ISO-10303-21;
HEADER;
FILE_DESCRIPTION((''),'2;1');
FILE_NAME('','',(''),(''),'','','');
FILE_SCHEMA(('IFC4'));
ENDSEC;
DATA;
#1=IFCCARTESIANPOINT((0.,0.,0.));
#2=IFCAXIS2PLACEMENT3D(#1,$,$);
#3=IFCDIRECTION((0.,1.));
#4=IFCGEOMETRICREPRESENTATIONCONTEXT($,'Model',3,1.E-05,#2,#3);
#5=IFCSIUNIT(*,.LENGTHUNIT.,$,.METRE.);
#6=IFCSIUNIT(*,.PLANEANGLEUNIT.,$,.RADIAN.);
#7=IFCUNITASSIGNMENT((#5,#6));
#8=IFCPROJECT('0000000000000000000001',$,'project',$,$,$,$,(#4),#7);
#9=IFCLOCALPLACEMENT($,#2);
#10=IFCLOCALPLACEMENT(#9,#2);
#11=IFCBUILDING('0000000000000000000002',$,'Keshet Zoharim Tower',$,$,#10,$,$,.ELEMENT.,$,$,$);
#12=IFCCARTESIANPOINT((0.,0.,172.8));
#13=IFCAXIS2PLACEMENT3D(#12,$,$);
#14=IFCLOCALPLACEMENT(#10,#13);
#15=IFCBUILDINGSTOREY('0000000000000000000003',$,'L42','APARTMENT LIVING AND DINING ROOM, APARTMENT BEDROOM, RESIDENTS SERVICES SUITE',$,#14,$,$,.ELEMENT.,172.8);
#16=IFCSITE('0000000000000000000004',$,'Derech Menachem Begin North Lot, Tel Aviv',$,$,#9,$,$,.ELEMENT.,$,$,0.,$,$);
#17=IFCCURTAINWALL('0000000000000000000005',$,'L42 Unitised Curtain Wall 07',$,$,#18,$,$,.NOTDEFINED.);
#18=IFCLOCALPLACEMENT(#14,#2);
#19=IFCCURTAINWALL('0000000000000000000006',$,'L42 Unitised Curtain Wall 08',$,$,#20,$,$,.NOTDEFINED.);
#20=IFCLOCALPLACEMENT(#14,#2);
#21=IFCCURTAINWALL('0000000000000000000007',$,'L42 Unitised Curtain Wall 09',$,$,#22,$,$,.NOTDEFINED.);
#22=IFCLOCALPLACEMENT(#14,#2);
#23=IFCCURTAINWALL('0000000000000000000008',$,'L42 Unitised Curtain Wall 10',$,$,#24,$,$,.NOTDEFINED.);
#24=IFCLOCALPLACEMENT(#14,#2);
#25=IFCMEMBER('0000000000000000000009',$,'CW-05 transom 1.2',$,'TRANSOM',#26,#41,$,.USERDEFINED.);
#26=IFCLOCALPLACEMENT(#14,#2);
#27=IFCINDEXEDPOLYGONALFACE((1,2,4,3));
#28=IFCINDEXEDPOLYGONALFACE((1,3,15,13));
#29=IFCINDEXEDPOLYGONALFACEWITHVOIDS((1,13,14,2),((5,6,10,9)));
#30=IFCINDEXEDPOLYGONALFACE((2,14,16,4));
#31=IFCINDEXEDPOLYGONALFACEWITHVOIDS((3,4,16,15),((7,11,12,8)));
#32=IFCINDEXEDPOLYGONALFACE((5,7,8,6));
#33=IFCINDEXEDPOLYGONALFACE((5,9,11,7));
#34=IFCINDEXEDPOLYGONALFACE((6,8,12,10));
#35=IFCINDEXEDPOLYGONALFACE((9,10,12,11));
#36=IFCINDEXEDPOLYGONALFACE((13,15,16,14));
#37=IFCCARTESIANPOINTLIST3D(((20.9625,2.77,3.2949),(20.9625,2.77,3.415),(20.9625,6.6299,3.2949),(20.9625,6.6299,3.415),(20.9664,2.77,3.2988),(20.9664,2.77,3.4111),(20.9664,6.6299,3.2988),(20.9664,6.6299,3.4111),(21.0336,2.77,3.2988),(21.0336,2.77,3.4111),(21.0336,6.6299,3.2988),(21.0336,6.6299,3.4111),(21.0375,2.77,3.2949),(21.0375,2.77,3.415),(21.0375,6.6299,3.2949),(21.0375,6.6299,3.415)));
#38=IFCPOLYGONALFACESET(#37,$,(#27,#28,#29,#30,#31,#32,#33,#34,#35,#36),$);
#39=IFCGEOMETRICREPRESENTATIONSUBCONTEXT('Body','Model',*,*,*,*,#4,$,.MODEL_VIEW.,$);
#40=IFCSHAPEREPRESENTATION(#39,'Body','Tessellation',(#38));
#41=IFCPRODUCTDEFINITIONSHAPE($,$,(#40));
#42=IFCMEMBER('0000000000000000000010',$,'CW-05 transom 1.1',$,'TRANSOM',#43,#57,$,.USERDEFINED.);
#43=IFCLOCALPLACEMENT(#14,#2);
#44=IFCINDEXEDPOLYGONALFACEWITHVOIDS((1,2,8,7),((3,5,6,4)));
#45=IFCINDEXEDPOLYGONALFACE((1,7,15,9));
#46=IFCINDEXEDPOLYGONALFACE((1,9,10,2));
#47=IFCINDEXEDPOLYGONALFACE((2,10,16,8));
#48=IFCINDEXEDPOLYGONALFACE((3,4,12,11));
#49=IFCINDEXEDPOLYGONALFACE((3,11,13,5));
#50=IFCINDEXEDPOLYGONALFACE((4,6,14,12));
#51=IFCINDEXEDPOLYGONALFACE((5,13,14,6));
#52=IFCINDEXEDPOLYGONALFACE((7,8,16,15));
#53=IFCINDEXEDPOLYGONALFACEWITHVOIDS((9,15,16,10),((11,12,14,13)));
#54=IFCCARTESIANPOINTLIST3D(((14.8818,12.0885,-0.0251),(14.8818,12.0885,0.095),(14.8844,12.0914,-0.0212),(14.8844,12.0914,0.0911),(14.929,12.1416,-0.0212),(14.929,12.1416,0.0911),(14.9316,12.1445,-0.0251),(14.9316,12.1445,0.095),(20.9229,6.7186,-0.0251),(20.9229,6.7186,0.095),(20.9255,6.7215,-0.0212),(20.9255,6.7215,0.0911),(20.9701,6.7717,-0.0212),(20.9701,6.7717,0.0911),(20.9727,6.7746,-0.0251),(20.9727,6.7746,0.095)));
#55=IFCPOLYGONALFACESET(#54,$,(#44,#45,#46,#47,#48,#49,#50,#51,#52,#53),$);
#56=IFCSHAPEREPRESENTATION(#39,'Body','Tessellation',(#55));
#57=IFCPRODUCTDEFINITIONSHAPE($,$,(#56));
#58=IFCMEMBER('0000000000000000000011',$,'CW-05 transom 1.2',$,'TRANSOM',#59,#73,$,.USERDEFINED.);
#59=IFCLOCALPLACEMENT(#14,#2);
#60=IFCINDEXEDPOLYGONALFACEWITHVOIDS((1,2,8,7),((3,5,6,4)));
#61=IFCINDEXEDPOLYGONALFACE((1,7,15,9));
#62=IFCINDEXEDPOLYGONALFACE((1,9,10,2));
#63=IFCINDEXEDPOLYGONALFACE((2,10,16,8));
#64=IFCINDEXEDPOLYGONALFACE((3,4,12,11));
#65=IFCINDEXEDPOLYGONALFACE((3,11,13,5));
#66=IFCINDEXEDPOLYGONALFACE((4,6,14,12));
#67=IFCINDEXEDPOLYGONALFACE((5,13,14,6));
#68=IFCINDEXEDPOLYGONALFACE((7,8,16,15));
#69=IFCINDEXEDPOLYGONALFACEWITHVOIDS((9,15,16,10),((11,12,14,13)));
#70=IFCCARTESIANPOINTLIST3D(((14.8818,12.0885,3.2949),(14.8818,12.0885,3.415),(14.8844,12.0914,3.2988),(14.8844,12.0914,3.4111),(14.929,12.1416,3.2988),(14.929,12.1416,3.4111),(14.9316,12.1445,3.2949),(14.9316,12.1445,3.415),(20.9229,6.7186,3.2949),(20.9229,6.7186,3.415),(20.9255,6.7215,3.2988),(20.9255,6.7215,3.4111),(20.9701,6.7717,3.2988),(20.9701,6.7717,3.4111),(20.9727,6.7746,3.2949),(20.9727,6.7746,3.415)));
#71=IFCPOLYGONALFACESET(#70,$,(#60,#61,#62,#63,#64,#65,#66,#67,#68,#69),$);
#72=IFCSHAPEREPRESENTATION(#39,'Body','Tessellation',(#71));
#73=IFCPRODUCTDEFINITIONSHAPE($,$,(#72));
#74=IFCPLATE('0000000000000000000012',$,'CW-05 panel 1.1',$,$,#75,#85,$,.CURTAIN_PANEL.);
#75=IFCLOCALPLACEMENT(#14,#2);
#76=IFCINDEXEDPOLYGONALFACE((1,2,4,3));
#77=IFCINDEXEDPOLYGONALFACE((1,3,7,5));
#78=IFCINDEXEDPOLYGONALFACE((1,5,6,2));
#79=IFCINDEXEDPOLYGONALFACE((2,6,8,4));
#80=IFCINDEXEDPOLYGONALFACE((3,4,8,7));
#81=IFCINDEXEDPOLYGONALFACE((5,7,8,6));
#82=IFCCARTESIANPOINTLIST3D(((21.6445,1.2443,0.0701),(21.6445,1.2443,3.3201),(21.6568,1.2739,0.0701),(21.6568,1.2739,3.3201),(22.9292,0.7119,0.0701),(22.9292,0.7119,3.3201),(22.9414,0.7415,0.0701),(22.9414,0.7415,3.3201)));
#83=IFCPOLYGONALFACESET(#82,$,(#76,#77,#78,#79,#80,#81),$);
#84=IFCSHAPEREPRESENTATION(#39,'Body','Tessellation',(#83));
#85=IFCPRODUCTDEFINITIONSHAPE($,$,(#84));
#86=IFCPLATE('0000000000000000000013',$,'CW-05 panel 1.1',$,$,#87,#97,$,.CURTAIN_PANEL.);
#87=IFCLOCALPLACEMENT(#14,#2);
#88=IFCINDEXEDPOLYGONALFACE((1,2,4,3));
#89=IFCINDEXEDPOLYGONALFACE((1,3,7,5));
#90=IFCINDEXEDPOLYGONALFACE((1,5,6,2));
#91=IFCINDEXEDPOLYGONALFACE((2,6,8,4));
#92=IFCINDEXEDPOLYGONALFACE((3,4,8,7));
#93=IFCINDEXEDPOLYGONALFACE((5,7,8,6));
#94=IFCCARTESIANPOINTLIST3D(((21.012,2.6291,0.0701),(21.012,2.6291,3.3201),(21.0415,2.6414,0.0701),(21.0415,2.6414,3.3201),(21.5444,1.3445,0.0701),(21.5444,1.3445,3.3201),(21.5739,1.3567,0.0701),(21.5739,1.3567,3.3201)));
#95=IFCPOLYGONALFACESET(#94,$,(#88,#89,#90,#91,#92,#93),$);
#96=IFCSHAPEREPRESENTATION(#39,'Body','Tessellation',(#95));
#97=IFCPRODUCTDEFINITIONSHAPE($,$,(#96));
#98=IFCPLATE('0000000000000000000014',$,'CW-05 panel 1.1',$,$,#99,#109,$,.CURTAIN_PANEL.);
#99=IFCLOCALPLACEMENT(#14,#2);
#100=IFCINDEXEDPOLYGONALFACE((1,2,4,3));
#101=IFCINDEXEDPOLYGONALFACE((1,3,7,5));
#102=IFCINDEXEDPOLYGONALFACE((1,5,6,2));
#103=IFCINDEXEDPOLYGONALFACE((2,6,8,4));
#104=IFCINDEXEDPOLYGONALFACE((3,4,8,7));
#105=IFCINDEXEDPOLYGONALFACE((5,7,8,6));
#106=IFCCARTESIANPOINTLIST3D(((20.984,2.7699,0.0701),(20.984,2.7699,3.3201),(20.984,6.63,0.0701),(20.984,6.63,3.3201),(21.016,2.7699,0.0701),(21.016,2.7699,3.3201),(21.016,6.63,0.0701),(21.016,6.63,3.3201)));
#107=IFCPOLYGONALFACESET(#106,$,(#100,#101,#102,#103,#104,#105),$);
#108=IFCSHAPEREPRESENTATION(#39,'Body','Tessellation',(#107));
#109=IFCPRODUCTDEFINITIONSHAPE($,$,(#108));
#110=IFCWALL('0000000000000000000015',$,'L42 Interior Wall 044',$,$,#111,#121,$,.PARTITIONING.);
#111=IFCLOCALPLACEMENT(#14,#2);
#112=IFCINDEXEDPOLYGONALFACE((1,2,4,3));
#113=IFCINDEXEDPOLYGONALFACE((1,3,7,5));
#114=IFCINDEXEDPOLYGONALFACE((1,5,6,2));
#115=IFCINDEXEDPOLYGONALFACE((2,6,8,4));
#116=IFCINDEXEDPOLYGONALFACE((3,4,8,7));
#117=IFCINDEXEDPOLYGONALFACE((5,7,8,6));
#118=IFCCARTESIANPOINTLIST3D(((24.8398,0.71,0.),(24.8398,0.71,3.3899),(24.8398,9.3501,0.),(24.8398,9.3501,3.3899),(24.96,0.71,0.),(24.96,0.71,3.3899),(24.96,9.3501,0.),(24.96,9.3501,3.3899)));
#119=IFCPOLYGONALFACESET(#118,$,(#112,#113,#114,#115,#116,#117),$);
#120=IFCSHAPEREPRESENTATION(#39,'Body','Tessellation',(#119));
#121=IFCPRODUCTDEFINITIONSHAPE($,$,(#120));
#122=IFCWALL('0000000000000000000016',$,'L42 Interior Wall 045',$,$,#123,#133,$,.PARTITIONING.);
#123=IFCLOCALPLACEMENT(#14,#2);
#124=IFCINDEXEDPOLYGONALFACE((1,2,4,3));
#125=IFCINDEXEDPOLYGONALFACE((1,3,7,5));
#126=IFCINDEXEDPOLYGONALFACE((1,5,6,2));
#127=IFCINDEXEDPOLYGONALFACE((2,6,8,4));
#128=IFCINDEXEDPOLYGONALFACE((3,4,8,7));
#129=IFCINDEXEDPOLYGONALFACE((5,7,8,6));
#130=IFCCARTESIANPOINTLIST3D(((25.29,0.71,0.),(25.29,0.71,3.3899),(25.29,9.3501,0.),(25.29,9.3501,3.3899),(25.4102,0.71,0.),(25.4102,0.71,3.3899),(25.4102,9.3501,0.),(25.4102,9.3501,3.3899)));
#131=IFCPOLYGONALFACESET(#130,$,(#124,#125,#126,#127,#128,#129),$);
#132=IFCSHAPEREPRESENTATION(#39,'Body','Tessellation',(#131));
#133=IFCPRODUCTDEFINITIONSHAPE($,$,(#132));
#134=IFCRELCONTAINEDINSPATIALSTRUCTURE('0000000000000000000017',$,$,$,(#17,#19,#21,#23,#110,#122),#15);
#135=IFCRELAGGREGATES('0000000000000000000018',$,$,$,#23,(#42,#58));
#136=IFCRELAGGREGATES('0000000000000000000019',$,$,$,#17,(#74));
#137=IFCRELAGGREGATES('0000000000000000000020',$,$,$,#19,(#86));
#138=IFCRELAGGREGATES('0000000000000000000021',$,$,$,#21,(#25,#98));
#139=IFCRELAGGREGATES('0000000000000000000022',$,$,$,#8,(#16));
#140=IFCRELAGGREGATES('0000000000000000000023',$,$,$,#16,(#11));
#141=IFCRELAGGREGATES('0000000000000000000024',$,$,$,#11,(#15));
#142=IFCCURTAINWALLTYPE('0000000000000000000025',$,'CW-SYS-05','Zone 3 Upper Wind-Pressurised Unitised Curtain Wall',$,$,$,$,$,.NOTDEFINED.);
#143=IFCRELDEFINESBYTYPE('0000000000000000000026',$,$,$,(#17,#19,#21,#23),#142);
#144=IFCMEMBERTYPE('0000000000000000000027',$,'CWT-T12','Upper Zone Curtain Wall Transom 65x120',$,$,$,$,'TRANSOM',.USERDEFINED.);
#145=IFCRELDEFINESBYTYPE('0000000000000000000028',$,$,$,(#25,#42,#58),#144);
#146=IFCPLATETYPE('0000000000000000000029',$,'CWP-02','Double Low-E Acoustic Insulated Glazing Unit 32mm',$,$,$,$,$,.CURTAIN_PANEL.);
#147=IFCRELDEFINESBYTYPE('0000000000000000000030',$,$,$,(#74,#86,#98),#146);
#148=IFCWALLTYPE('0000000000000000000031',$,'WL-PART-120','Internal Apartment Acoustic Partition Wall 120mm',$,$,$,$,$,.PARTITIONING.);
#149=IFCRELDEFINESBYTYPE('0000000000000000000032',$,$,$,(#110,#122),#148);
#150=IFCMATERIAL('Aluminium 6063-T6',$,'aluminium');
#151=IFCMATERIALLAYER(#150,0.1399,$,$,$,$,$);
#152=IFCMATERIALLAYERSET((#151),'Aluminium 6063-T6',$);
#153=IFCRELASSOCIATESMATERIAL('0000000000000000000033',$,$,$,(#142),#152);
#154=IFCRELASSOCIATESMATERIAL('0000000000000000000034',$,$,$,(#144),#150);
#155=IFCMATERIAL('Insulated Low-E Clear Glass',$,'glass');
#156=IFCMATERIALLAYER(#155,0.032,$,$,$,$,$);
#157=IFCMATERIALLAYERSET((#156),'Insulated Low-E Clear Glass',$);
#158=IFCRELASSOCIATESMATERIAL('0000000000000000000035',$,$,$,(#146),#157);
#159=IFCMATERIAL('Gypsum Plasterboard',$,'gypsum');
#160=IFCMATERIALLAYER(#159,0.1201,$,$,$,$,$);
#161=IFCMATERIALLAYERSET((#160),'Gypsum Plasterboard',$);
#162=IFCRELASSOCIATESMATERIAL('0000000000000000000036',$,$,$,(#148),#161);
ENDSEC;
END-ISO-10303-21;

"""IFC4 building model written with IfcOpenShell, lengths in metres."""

from ifc_helpers import new_model, si_unit, direction, frame, frame_2d, origin, origin_2d, place, context, subcontext, project, spatial, rectangle, hollow_rectangle, extrude, material, layer, layer_set, material_profile, profile_set, type_object, element, aggregate, save


model = new_model("IFC4")

# Units and contexts
model_context = context("Model", 3, precision=1e-05, world=origin(), true_north=direction((0.0, 1.0)))
body_context = subcontext(model_context, "Body", "Model", "MODEL_VIEW")
ifc_project = project(units=[si_unit("LENGTHUNIT", "METRE"), si_unit("PLANEANGLEUNIT", "RADIAN")], contexts=[model_context])

# Site, building, storey
site_placement = place(None, origin())
site = spatial("IfcSite", under=ifc_project, at=site_placement, Name="Derech Menachem Begin North Lot, Tel Aviv", CompositionType="ELEMENT", RefElevation=0.0)
building_placement = place(site_placement, origin())
building = spatial("IfcBuilding", under=site, at=building_placement, Name="Keshet Zoharim Tower", CompositionType="ELEMENT")
storey_placement = place(building_placement, frame((0.0, 0.0, 172.8)))
storey = spatial("IfcBuildingStorey", under=building, at=storey_placement, Name="L42", Description="APARTMENT LIVING AND DINING ROOM, APARTMENT BEDROOM, RESIDENTS SERVICES SUITE", CompositionType="ELEMENT", Elevation=172.8)

# Shared definitions
ifc_material_1 = material(Name="Aluminium 6063-T6", Category="aluminium")
ifc_layer_1 = layer(ifc_material_1, 0.1399)
ifc_layer_set_1 = layer_set([ifc_layer_1], Name="Aluminium 6063-T6")
curtain_wall_type = type_object("IfcCurtainWallType", Name="CW-SYS-05", Description="Zone 3 Upper Wind-Pressurised Unitised Curtain Wall", PredefinedType="NOTDEFINED", material=ifc_layer_set_1)

# Curtain walls
curtain_wall_1_placement = place(storey_placement, origin())
curtain_wall_1 = element("IfcCurtainWall", 1, at=curtain_wall_1_placement, inside=storey, type_object=curtain_wall_type, Name="L42 Unitised Curtain Wall 07", PredefinedType="NOTDEFINED")
curtain_wall_2_placement = place(storey_placement, origin())
curtain_wall_2 = element("IfcCurtainWall", 2, at=curtain_wall_2_placement, inside=storey, type_object=curtain_wall_type, Name="L42 Unitised Curtain Wall 08", PredefinedType="NOTDEFINED")
curtain_wall_3_placement = place(storey_placement, origin())
curtain_wall_3 = element("IfcCurtainWall", 3, at=curtain_wall_3_placement, inside=storey, type_object=curtain_wall_type, Name="L42 Unitised Curtain Wall 09", PredefinedType="NOTDEFINED")

# Curtain wall
curtain_wall_4_placement = place(storey_placement, origin())
curtain_wall_4 = element("IfcCurtainWall", 4, at=curtain_wall_4_placement, inside=storey, type_object=curtain_wall_type, Name="L42 Unitised Curtain Wall 10", PredefinedType="NOTDEFINED")

# Members
ifc_material_profile_1 = material_profile(ifc_material_1, hollow_rectangle(XDim=0.075, YDim=0.1201, WallThickness=0.0039, at=origin_2d()), Name="TRN-75x120")
ifc_profile_set_1 = profile_set([ifc_material_profile_1], Name="Aluminium 6063-T6")
member_type_1 = type_object("IfcMemberType", Name="CWT-T12", Description="Upper Zone Curtain Wall Transom 65x120", ElementType="TRANSOM", PredefinedType="USERDEFINED", material=ifc_profile_set_1)
member_1_placement = place(storey_placement, frame((21.0, 2.77, 3.355), z_axis=(0.0, 1.0, 0.0), x_axis=(-1.0, 0.0, 0.0)))
member_1 = element("IfcMember", 5, at=member_1_placement, type_object=member_type_1, Name="CW-05 transom 1.2", ObjectType="TRANSOM", PredefinedType="USERDEFINED", context=body_context, shape_type="SweptSolid", body=[
    extrude(hollow_rectangle(XDim=0.075, YDim=0.1201, WallThickness=0.0039, at=origin_2d()), origin(), (0.0, 0.0, 1.0), 3.8599),
])
member_2_placement = place(storey_placement, frame((20.9478, 6.7466, 0.0349), z_axis=(-0.747404, 0.664369, 0.0), x_axis=(-0.664369, -0.747404, 0.0)))
member_2 = element("IfcMember", 6, at=member_2_placement, type_object=member_type_1, Name="CW-05 transom 1.1", ObjectType="TRANSOM", PredefinedType="USERDEFINED", context=body_context, shape_type="SweptSolid", body=[
    extrude(hollow_rectangle(XDim=0.075, YDim=0.1201, WallThickness=0.0039, at=origin_2d()), origin(), (0.0, 0.0, 1.0), 8.0828),
])
member_3_placement = place(storey_placement, frame((20.9478, 6.7466, 3.355), z_axis=(-0.747404, 0.664369, 0.0), x_axis=(-0.664369, -0.747404, 0.0)))
member_3 = element("IfcMember", 7, at=member_3_placement, type_object=member_type_1, Name="CW-05 transom 1.2", ObjectType="TRANSOM", PredefinedType="USERDEFINED", context=body_context, shape_type="SweptSolid", body=[
    extrude(hollow_rectangle(XDim=0.075, YDim=0.1201, WallThickness=0.0039, at=origin_2d()), origin(), (0.0, 0.0, 1.0), 8.0828),
])
aggregate(curtain_wall_4, [member_2, member_3])

# Plates
ifc_material_2 = material(Name="Insulated Low-E Clear Glass", Category="glass")
ifc_layer_2 = layer(ifc_material_2, 0.032)
ifc_layer_set_2 = layer_set([ifc_layer_2], Name="Insulated Low-E Clear Glass")
plate_type = type_object("IfcPlateType", Name="CWP-02", Description="Double Low-E Acoustic Insulated Glazing Unit 32mm", PredefinedType="CURTAIN_PANEL", material=ifc_layer_set_2)
plate_1_placement = place(storey_placement, frame((22.293, 0.9929, 0.0701), z_axis=(0.0, 0.0, 1.0), x_axis=(-0.92381, 0.382852, 0.0)))
plate_1 = element("IfcPlate", 8, at=plate_1_placement, type_object=plate_type, Name="CW-05 panel 1.1", PredefinedType="CURTAIN_PANEL", context=body_context, shape_type="SweptSolid", body=[
    extrude(rectangle(XDim=1.3906, YDim=0.032, at=origin_2d()), origin(), (0.0, 0.0, 1.0), 3.25),
])
aggregate(curtain_wall_1, [plate_1])
plate_2_placement = place(storey_placement, frame((21.293, 1.9929, 0.0701), z_axis=(0.0, 0.0, 1.0), x_axis=(-0.382852, 0.92381, 0.0)))
plate_2 = element("IfcPlate", 9, at=plate_2_placement, type_object=plate_type, Name="CW-05 panel 1.1", PredefinedType="CURTAIN_PANEL", context=body_context, shape_type="SweptSolid", body=[
    extrude(rectangle(XDim=1.3906, YDim=0.032, at=origin_2d()), origin(), (0.0, 0.0, 1.0), 3.25),
])
aggregate(curtain_wall_2, [plate_2])
plate_3_placement = place(storey_placement, frame((21.0, 4.7, 0.0701), z_axis=(0.0, 0.0, 1.0), x_axis=(0.0, 1.0, 0.0)))
plate_3 = element("IfcPlate", 10, at=plate_3_placement, type_object=plate_type, Name="CW-05 panel 1.1", PredefinedType="CURTAIN_PANEL", context=body_context, shape_type="SweptSolid", body=[
    extrude(rectangle(XDim=3.8601, YDim=0.032, at=origin_2d()), origin(), (0.0, 0.0, 1.0), 3.25),
])
aggregate(curtain_wall_3, [member_1, plate_3])

# Walls
ifc_material_3 = material(Name="Gypsum Plasterboard", Category="gypsum")
ifc_layer_3 = layer(ifc_material_3, 0.1201)
ifc_layer_set_3 = layer_set([ifc_layer_3], Name="Gypsum Plasterboard")
wall_type = type_object("IfcWallType", Name="WL-PART-120", Description="Internal Apartment Acoustic Partition Wall 120mm", PredefinedType="PARTITIONING", material=ifc_layer_set_3)
for number, where, z_axis, x_axis, name in (
    (11, (24.8999, 0.71, 0.0), (0.0, 0.0, 1.0), (0.0, 1.0, 0.0), "L42 Interior Wall 044"),
    (12, (25.3501, 0.71, 0.0), (0.0, 0.0, 1.0), (0.0, 1.0, 0.0), "L42 Interior Wall 045"),
):
    element("IfcWall", number, at=place(storey_placement, frame(where, z_axis=z_axis, x_axis=x_axis)), inside=storey, type_object=wall_type, Name=name, PredefinedType="PARTITIONING", context=body_context, shape_type="SweptSolid", body=[
        extrude(rectangle(XDim=8.6401, YDim=0.1201, at=frame_2d((4.3201, 0.0))), origin(), (0.0, 0.0, 1.0), 3.3899),
    ])

save(model, "model.ifc")
